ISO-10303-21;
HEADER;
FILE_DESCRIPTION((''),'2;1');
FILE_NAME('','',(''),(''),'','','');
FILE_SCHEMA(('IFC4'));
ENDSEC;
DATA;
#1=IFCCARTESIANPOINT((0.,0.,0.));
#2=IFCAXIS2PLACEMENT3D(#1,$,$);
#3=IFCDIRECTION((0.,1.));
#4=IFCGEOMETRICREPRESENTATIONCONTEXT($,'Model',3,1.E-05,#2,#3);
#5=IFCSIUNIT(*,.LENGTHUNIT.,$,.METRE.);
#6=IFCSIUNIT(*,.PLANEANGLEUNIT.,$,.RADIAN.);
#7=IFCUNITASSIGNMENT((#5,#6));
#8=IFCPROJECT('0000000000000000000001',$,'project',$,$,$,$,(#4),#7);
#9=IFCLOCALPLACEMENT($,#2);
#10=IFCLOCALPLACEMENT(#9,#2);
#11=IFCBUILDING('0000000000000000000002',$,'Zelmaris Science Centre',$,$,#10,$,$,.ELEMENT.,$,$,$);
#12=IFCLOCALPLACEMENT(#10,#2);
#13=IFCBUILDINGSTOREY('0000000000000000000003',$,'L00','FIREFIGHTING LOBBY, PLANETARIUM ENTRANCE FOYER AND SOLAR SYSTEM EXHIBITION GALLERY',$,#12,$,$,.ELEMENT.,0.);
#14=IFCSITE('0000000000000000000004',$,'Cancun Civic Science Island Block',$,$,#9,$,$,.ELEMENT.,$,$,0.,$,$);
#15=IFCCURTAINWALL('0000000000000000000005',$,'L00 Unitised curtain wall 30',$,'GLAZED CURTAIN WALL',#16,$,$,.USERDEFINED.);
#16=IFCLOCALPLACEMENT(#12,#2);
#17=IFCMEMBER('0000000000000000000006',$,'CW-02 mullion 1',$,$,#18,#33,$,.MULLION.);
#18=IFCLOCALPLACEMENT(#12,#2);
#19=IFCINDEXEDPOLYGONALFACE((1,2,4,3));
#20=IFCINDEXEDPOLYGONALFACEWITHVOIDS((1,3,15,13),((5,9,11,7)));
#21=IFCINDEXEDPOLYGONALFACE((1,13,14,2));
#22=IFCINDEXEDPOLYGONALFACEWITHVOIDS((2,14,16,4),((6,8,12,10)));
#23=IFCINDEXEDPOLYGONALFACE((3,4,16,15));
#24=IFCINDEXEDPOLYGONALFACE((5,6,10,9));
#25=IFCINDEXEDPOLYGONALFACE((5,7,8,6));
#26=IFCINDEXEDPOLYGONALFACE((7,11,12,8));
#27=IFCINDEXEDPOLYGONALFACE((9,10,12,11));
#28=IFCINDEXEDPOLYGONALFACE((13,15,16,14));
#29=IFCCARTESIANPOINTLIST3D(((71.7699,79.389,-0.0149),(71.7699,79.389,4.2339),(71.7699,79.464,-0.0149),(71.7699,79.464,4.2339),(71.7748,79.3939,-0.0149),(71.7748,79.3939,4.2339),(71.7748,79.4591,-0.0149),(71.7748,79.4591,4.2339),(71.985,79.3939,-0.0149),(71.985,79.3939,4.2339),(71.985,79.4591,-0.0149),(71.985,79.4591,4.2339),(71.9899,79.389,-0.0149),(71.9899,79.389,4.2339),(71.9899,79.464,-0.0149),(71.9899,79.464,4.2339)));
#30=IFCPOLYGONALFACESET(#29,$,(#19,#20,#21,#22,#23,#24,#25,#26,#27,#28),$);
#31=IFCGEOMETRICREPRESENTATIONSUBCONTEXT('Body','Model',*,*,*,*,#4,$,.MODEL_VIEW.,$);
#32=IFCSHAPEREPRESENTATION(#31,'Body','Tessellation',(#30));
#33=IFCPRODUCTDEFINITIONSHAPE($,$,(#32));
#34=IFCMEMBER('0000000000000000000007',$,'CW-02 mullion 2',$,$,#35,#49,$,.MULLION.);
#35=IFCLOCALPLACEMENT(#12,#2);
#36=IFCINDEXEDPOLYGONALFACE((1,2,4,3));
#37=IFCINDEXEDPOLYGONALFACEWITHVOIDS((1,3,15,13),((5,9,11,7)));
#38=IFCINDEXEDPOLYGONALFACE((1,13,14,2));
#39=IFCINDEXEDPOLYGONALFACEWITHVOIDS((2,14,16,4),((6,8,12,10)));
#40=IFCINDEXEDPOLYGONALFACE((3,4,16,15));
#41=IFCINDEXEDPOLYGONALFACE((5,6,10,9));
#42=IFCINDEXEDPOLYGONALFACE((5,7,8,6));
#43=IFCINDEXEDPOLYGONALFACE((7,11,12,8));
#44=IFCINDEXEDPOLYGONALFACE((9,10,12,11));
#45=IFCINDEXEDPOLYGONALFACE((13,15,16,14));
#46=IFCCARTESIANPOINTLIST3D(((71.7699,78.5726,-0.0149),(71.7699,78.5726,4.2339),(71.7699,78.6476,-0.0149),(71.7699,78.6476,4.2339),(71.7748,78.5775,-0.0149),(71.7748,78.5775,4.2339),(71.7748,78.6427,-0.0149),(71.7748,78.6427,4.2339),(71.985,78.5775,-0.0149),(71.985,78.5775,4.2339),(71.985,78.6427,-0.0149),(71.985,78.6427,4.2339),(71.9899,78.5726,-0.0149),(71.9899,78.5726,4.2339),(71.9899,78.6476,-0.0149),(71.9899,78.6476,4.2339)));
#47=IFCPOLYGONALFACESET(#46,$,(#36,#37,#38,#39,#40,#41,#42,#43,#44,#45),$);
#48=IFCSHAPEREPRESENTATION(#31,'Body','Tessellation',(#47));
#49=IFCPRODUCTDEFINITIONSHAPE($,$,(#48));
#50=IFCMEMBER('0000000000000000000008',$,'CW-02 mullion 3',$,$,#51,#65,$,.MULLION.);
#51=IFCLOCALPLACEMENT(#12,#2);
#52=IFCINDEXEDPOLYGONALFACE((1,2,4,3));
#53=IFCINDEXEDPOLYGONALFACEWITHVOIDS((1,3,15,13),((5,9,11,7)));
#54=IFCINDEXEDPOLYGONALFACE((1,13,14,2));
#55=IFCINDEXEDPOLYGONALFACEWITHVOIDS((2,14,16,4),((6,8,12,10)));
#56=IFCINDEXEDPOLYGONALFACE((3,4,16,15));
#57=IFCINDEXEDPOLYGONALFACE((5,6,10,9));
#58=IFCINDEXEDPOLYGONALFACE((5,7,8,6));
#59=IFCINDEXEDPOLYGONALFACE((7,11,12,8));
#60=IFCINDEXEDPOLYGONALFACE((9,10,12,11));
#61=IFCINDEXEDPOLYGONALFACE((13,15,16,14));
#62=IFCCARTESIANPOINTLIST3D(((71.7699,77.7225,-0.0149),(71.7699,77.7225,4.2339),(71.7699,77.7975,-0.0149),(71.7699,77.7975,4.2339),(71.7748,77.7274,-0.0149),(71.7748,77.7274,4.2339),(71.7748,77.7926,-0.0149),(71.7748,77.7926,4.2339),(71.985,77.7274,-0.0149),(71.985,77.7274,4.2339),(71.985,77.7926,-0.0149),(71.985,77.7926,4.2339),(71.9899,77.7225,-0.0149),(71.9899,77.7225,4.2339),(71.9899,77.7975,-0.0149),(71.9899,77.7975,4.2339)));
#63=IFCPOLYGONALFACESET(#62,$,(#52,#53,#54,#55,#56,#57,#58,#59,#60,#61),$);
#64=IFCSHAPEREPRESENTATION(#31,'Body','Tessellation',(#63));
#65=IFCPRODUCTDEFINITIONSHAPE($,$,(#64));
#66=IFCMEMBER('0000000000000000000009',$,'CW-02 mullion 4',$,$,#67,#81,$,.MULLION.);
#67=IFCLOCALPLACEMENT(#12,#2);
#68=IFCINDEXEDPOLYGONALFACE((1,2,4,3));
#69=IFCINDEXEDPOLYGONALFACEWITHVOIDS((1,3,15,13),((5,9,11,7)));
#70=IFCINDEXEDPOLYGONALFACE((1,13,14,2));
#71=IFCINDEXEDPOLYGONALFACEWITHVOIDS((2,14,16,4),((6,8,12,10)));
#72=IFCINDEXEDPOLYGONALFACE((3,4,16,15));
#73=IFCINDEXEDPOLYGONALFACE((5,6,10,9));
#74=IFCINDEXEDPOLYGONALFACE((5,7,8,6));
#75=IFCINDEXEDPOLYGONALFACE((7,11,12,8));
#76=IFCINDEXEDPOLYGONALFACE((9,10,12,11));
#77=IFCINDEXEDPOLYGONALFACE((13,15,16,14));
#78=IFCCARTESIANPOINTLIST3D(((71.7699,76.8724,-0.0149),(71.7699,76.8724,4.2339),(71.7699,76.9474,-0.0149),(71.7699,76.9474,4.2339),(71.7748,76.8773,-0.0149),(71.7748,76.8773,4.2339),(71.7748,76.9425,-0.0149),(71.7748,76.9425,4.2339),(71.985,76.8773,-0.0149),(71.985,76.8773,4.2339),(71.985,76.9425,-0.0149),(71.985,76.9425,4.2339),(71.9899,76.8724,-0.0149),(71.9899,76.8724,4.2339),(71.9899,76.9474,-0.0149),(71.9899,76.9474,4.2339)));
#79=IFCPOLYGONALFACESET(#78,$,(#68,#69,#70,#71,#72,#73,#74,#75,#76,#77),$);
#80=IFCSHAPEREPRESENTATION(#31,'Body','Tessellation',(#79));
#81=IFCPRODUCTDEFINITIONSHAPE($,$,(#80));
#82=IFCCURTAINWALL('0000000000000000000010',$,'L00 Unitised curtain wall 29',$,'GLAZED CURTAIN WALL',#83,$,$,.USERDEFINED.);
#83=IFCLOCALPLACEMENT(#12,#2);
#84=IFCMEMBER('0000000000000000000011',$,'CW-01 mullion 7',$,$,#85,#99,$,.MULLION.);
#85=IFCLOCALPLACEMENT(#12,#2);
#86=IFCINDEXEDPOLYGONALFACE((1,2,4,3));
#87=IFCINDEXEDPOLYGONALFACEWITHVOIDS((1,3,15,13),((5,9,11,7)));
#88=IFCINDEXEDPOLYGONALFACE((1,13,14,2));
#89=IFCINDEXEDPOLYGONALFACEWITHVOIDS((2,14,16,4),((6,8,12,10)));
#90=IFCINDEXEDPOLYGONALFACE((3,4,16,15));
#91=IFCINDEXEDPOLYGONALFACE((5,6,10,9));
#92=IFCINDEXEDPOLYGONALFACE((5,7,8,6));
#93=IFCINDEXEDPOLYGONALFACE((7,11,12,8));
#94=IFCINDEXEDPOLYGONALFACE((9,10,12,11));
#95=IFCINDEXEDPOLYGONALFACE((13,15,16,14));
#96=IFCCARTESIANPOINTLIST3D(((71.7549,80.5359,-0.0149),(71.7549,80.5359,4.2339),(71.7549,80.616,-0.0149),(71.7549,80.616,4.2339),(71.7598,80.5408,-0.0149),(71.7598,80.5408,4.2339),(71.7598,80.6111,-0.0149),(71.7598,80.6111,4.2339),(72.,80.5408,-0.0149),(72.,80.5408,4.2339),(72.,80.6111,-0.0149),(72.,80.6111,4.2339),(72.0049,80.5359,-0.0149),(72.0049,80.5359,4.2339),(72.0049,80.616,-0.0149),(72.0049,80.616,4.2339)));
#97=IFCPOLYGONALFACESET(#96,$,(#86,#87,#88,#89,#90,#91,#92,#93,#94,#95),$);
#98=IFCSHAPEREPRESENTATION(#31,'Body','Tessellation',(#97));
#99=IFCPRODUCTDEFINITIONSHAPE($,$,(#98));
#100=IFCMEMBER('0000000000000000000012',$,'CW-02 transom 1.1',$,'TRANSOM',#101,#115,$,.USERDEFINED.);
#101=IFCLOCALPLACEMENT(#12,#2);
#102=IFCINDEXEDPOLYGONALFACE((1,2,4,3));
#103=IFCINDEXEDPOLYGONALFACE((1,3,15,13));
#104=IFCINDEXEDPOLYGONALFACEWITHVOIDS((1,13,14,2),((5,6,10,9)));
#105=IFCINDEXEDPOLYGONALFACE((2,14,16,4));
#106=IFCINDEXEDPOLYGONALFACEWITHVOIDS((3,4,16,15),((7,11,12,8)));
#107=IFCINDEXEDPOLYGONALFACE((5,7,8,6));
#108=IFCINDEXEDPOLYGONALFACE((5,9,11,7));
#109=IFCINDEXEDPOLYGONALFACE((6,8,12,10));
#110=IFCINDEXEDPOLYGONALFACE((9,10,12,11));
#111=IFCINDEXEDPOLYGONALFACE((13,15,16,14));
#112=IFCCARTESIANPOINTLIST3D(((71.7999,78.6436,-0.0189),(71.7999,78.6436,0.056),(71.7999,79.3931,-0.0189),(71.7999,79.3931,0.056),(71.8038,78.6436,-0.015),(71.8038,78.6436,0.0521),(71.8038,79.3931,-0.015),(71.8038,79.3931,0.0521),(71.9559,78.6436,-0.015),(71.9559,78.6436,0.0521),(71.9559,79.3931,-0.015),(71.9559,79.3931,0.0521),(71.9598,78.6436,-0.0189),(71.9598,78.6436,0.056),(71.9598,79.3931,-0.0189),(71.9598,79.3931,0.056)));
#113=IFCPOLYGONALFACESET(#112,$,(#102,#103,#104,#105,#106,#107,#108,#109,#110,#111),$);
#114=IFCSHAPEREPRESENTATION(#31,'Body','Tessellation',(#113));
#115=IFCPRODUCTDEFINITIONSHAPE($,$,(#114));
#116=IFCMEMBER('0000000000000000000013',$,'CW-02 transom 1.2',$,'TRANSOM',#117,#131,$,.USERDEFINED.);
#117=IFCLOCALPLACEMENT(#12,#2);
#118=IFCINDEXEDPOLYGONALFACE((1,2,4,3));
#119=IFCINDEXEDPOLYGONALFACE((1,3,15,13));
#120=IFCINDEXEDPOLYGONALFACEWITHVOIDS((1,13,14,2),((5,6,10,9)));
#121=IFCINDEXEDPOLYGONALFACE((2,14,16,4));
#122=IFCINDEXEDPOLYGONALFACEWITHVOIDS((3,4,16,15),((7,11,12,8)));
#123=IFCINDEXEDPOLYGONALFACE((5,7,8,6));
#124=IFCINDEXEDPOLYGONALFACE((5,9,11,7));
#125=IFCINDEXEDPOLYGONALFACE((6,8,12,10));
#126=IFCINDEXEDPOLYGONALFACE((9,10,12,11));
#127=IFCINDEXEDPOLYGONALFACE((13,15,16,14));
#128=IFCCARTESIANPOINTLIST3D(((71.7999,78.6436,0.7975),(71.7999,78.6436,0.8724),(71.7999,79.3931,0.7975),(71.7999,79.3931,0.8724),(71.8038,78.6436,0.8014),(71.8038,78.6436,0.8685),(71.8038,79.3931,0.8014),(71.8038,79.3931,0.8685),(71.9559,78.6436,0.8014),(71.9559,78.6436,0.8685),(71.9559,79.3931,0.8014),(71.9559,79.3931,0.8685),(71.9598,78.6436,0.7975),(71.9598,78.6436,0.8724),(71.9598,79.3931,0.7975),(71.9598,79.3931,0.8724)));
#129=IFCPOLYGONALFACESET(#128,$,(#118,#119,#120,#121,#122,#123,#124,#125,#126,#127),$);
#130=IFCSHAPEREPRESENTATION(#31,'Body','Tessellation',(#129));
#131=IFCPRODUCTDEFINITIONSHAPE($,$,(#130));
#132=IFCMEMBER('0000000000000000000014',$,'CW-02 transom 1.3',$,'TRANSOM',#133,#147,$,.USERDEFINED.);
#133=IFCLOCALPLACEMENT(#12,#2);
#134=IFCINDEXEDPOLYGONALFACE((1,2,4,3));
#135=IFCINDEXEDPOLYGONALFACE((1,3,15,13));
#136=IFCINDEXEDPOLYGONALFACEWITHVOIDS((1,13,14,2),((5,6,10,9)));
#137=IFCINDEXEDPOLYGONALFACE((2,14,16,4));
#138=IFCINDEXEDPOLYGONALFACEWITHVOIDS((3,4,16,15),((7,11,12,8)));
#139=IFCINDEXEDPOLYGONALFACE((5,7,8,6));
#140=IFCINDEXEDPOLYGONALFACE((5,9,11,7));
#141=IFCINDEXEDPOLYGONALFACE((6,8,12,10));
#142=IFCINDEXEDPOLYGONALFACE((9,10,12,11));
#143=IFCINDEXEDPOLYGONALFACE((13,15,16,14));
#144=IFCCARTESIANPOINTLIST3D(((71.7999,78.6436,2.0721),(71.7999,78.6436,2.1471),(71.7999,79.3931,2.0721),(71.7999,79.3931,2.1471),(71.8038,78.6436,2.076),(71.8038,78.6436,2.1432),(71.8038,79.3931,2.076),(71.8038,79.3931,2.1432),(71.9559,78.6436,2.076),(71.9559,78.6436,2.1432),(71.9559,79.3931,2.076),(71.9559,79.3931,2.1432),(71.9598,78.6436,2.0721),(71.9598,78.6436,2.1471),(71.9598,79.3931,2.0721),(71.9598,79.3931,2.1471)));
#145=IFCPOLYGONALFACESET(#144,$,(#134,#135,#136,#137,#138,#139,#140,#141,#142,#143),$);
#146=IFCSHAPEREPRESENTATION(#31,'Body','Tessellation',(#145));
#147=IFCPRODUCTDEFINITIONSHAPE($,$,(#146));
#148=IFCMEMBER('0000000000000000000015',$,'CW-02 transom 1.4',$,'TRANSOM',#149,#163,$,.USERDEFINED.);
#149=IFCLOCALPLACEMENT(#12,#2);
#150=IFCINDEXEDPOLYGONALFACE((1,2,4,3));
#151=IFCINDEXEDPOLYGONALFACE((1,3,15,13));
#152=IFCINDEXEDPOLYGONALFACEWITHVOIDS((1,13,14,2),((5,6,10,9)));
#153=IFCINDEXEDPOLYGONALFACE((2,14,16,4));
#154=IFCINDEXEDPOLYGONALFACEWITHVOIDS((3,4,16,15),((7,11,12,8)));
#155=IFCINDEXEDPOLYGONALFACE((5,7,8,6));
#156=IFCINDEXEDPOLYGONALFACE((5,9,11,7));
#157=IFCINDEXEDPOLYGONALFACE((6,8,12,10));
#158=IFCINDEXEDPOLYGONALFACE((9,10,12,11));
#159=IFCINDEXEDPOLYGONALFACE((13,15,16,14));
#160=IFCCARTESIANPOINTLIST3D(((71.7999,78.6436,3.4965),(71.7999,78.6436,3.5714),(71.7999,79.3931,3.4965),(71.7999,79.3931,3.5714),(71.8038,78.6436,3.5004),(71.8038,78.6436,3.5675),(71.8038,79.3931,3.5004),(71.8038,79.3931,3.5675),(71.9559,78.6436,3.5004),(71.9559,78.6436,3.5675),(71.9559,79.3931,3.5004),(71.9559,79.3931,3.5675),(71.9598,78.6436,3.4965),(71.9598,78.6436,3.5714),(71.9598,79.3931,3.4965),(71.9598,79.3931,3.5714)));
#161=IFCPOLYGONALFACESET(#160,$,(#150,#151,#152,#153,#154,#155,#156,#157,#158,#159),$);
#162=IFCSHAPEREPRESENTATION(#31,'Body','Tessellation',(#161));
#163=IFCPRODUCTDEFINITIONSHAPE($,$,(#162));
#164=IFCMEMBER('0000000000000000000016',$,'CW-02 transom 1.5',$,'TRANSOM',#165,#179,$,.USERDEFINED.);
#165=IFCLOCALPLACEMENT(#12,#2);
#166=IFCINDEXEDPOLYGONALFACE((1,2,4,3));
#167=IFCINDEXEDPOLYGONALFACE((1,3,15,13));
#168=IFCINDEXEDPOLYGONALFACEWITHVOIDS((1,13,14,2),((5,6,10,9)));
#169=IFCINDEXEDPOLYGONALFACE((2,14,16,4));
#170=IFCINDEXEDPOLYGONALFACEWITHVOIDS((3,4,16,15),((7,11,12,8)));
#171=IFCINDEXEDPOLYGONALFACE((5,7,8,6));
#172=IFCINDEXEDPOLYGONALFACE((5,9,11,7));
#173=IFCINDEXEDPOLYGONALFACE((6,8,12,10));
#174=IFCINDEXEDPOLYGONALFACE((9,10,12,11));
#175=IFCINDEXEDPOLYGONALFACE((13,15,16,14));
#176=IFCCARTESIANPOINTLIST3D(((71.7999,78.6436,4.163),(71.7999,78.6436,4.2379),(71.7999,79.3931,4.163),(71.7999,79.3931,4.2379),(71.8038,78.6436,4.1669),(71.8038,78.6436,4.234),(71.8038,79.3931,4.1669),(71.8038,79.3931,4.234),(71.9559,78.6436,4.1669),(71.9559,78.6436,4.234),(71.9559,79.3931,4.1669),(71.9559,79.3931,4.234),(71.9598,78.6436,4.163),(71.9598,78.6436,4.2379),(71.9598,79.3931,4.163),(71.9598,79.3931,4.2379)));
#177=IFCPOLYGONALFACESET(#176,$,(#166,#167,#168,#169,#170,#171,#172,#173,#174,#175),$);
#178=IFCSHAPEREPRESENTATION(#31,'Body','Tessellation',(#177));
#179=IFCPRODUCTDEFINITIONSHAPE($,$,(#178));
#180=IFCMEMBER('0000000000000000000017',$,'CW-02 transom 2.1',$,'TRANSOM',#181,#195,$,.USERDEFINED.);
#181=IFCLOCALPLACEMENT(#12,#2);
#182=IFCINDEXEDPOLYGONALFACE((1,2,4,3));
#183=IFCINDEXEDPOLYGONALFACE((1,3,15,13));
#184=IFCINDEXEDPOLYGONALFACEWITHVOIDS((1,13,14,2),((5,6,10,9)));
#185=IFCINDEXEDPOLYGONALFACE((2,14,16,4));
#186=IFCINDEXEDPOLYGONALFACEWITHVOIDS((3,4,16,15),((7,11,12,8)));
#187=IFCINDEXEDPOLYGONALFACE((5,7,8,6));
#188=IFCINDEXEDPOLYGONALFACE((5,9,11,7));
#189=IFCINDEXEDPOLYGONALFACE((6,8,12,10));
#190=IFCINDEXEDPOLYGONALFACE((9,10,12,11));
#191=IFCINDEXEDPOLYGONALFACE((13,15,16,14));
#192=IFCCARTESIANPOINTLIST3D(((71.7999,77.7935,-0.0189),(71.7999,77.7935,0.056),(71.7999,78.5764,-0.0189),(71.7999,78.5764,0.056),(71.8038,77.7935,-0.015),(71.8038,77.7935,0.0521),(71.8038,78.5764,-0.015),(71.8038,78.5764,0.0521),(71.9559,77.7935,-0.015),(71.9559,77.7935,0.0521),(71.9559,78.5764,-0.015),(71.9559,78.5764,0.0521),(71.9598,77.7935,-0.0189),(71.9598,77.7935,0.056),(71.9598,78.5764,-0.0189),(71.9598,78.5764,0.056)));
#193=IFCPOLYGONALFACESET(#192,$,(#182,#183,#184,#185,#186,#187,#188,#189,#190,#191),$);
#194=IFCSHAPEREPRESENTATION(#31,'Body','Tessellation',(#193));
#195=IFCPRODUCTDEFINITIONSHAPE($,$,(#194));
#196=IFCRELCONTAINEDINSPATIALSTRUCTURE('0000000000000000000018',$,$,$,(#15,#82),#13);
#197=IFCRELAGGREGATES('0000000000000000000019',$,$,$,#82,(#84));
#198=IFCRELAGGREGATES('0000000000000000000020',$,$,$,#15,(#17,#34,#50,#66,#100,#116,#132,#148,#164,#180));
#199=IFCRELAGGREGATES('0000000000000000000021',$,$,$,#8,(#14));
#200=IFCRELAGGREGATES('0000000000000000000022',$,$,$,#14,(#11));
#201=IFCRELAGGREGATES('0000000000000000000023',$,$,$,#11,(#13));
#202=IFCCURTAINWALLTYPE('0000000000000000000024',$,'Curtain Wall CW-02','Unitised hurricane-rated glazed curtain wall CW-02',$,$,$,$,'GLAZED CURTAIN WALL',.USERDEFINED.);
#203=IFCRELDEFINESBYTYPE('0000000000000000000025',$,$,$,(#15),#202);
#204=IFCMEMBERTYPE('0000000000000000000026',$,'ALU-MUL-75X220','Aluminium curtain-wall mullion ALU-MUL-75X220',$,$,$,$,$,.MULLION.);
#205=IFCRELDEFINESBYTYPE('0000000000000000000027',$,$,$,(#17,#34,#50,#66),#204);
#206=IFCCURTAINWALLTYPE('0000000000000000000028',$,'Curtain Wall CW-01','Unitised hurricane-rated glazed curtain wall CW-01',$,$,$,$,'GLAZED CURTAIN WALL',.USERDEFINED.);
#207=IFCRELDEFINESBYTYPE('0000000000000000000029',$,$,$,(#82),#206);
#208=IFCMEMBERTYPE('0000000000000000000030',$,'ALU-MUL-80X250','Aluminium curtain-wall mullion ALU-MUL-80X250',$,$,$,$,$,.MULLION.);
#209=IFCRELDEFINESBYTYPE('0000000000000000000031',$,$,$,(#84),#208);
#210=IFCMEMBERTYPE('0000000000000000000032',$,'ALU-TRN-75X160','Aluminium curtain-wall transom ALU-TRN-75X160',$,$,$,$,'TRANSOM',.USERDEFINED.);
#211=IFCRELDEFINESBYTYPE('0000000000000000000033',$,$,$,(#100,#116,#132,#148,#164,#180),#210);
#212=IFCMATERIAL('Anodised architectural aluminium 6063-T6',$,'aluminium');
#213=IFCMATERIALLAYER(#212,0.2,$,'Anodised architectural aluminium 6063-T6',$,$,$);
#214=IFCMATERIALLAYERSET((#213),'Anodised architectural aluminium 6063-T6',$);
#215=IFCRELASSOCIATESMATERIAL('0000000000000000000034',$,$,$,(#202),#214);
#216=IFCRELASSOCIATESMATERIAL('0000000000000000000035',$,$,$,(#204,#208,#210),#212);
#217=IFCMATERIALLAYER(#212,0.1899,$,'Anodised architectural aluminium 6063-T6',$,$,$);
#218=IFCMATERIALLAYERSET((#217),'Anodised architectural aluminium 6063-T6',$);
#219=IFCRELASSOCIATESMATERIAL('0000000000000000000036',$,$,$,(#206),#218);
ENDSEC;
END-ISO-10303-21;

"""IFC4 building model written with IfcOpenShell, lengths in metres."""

from ifc_helpers import new_model, si_unit, direction, frame, origin, origin_2d, place, context, subcontext, project, spatial, hollow_rectangle, extrude, material, layer, layer_set, material_profile, profile_set, type_object, element, aggregate, save


model = new_model("IFC4")

# Units and contexts
model_context = context("Model", 3, precision=1e-05, world=origin(), true_north=direction((0.0, 1.0)))
body_context = subcontext(model_context, "Body", "Model", "MODEL_VIEW")
ifc_project = project(units=[si_unit("LENGTHUNIT", "METRE"), si_unit("PLANEANGLEUNIT", "RADIAN")], contexts=[model_context])

# Site, building, storey
site_placement = place(None, origin())
site = spatial("IfcSite", under=ifc_project, at=site_placement, Name="Cancun Civic Science Island Block", CompositionType="ELEMENT", RefElevation=0.0)
building_placement = place(site_placement, origin())
building = spatial("IfcBuilding", under=site, at=building_placement, Name="Zelmaris Science Centre", CompositionType="ELEMENT")
storey_placement = place(building_placement, origin())
storey = spatial("IfcBuildingStorey", under=building, at=storey_placement, Name="L00", Description="FIREFIGHTING LOBBY, PLANETARIUM ENTRANCE FOYER AND SOLAR SYSTEM EXHIBITION GALLERY", CompositionType="ELEMENT", Elevation=0.0)

# Curtain wall, members
ifc_material_1 = material(Name="Anodised architectural aluminium 6063-T6", Category="aluminium")
ifc_layer_1 = layer(ifc_material_1, 0.2, Name="Anodised architectural aluminium 6063-T6")
ifc_layer_set_1 = layer_set([ifc_layer_1], Name="Anodised architectural aluminium 6063-T6")
curtain_wall_type_1 = type_object("IfcCurtainWallType", Name="Curtain Wall CW-02", Description="Unitised hurricane-rated glazed curtain wall CW-02", ElementType="GLAZED CURTAIN WALL", PredefinedType="USERDEFINED", material=ifc_layer_set_1)
curtain_wall_1_placement = place(storey_placement, origin())
curtain_wall_1 = element("IfcCurtainWall", 1, at=curtain_wall_1_placement, inside=storey, type_object=curtain_wall_type_1, Name="L00 Unitised curtain wall 30", ObjectType="GLAZED CURTAIN WALL", PredefinedType="USERDEFINED")
ifc_material_profile_1 = material_profile(ifc_material_1, hollow_rectangle(XDim=0.075, YDim=0.22, WallThickness=0.0049, at=origin_2d()), Name="ALU-MUL-75X220")
ifc_profile_set_1 = profile_set([ifc_material_profile_1], Name="Anodised architectural aluminium 6063-T6")
member_type_1 = type_object("IfcMemberType", Name="ALU-MUL-75X220", Description="Aluminium curtain-wall mullion ALU-MUL-75X220", PredefinedType="MULLION", material=ifc_profile_set_1)
member_1_placement = place(storey_placement, frame((71.8799, 79.4265, -0.0149), z_axis=(0.0, 0.0, 1.0), x_axis=(0.0, -1.0, 0.0)))
member_1 = element("IfcMember", 2, at=member_1_placement, type_object=member_type_1, Name="CW-02 mullion 1", PredefinedType="MULLION", context=body_context, shape_type="SweptSolid", body=[
    extrude(hollow_rectangle(XDim=0.075, YDim=0.22, WallThickness=0.0049, at=origin_2d()), origin(), (0.0, 0.0, 1.0), 4.2488),
])
member_2_placement = place(storey_placement, frame((71.8799, 78.6101, -0.0149), z_axis=(0.0, 0.0, 1.0), x_axis=(0.0, -1.0, 0.0)))
member_2 = element("IfcMember", 3, at=member_2_placement, type_object=member_type_1, Name="CW-02 mullion 2", PredefinedType="MULLION", context=body_context, shape_type="SweptSolid", body=[
    extrude(hollow_rectangle(XDim=0.075, YDim=0.22, WallThickness=0.0049, at=origin_2d()), origin(), (0.0, 0.0, 1.0), 4.2488),
])
member_3_placement = place(storey_placement, frame((71.8799, 77.76, -0.0149), z_axis=(0.0, 0.0, 1.0), x_axis=(0.0, -1.0, 0.0)))
member_3 = element("IfcMember", 4, at=member_3_placement, type_object=member_type_1, Name="CW-02 mullion 3", PredefinedType="MULLION", context=body_context, shape_type="SweptSolid", body=[
    extrude(hollow_rectangle(XDim=0.075, YDim=0.22, WallThickness=0.0049, at=origin_2d()), origin(), (0.0, 0.0, 1.0), 4.2488),
])
member_4_placement = place(storey_placement, frame((71.8799, 76.9099, -0.0149), z_axis=(0.0, 0.0, 1.0), x_axis=(0.0, -1.0, 0.0)))
member_4 = element("IfcMember", 5, at=member_4_placement, type_object=member_type_1, Name="CW-02 mullion 4", PredefinedType="MULLION", context=body_context, shape_type="SweptSolid", body=[
    extrude(hollow_rectangle(XDim=0.075, YDim=0.22, WallThickness=0.0049, at=origin_2d()), origin(), (0.0, 0.0, 1.0), 4.2488),
])

# Curtain wall, member
ifc_layer_2 = layer(ifc_material_1, 0.1899, Name="Anodised architectural aluminium 6063-T6")
ifc_layer_set_2 = layer_set([ifc_layer_2], Name="Anodised architectural aluminium 6063-T6")
curtain_wall_type_2 = type_object("IfcCurtainWallType", Name="Curtain Wall CW-01", Description="Unitised hurricane-rated glazed curtain wall CW-01", ElementType="GLAZED CURTAIN WALL", PredefinedType="USERDEFINED", material=ifc_layer_set_2)
curtain_wall_2_placement = place(storey_placement, origin())
curtain_wall_2 = element("IfcCurtainWall", 6, at=curtain_wall_2_placement, inside=storey, type_object=curtain_wall_type_2, Name="L00 Unitised curtain wall 29", ObjectType="GLAZED CURTAIN WALL", PredefinedType="USERDEFINED")
ifc_material_profile_2 = material_profile(ifc_material_1, hollow_rectangle(XDim=0.0801, YDim=0.25, WallThickness=0.0049, at=origin_2d()), Name="ALU-MUL-80X250")
ifc_profile_set_2 = profile_set([ifc_material_profile_2], Name="Anodised architectural aluminium 6063-T6")
member_type_2 = type_object("IfcMemberType", Name="ALU-MUL-80X250", Description="Aluminium curtain-wall mullion ALU-MUL-80X250", PredefinedType="MULLION", material=ifc_profile_set_2)
member_5_placement = place(storey_placement, frame((71.8799, 80.5759, -0.0149), z_axis=(0.0, 0.0, 1.0), x_axis=(0.0, -1.0, 0.0)))
member_5 = element("IfcMember", 7, at=member_5_placement, type_object=member_type_2, Name="CW-01 mullion 7", PredefinedType="MULLION", context=body_context, shape_type="SweptSolid", body=[
    extrude(hollow_rectangle(XDim=0.0801, YDim=0.25, WallThickness=0.0049, at=origin_2d()), origin(), (0.0, 0.0, 1.0), 4.2488),
])

# Members
ifc_material_profile_3 = material_profile(ifc_material_1, hollow_rectangle(XDim=0.075, YDim=0.1599, WallThickness=0.0039, at=origin_2d()), Name="ALU-TRN-75X160")
ifc_profile_set_3 = profile_set([ifc_material_profile_3], Name="Anodised architectural aluminium 6063-T6")
member_type_3 = type_object("IfcMemberType", Name="ALU-TRN-75X160", Description="Aluminium curtain-wall transom ALU-TRN-75X160", ElementType="TRANSOM", PredefinedType="USERDEFINED", material=ifc_profile_set_3)
member_6_placement = place(storey_placement, frame((71.8799, 79.3931, 0.0186), z_axis=(0.0, -1.0, 0.0), x_axis=(0.0, 0.0, 1.0)))
member_6 = element("IfcMember", 8, at=member_6_placement, type_object=member_type_3, Name="CW-02 transom 1.1", ObjectType="TRANSOM", PredefinedType="USERDEFINED", context=body_context, shape_type="SweptSolid", body=[
    extrude(hollow_rectangle(XDim=0.075, YDim=0.1599, WallThickness=0.0039, at=origin_2d()), origin(), (0.0, 0.0, 1.0), 0.7495),
])
member_7_placement = place(storey_placement, frame((71.8799, 79.3931, 0.835), z_axis=(0.0, -1.0, 0.0), x_axis=(0.0, 0.0, 1.0)))
member_7 = element("IfcMember", 9, at=member_7_placement, type_object=member_type_3, Name="CW-02 transom 1.2", ObjectType="TRANSOM", PredefinedType="USERDEFINED", context=body_context, shape_type="SweptSolid", body=[
    extrude(hollow_rectangle(XDim=0.075, YDim=0.1599, WallThickness=0.0039, at=origin_2d()), origin(), (0.0, 0.0, 1.0), 0.7495),
])
member_8_placement = place(storey_placement, frame((71.8799, 79.3931, 2.1096), z_axis=(0.0, -1.0, 0.0), x_axis=(0.0, 0.0, 1.0)))
member_8 = element("IfcMember", 10, at=member_8_placement, type_object=member_type_3, Name="CW-02 transom 1.3", ObjectType="TRANSOM", PredefinedType="USERDEFINED", context=body_context, shape_type="SweptSolid", body=[
    extrude(hollow_rectangle(XDim=0.075, YDim=0.1599, WallThickness=0.0039, at=origin_2d()), origin(), (0.0, 0.0, 1.0), 0.7495),
])
member_9_placement = place(storey_placement, frame((71.8799, 79.3931, 3.5339), z_axis=(0.0, -1.0, 0.0), x_axis=(0.0, 0.0, 1.0)))
member_9 = element("IfcMember", 11, at=member_9_placement, type_object=member_type_3, Name="CW-02 transom 1.4", ObjectType="TRANSOM", PredefinedType="USERDEFINED", context=body_context, shape_type="SweptSolid", body=[
    extrude(hollow_rectangle(XDim=0.075, YDim=0.1599, WallThickness=0.0039, at=origin_2d()), origin(), (0.0, 0.0, 1.0), 0.7495),
])
member_10_placement = place(storey_placement, frame((71.8799, 79.3931, 4.2004), z_axis=(0.0, -1.0, 0.0), x_axis=(0.0, 0.0, 1.0)))
member_10 = element("IfcMember", 12, at=member_10_placement, type_object=member_type_3, Name="CW-02 transom 1.5", ObjectType="TRANSOM", PredefinedType="USERDEFINED", context=body_context, shape_type="SweptSolid", body=[
    extrude(hollow_rectangle(XDim=0.075, YDim=0.1599, WallThickness=0.0039, at=origin_2d()), origin(), (0.0, 0.0, 1.0), 0.7495),
])
member_11_placement = place(storey_placement, frame((71.8799, 78.5764, 0.0186), z_axis=(0.0, -1.0, 0.0), x_axis=(0.0, 0.0, 1.0)))
member_11 = element("IfcMember", 13, at=member_11_placement, type_object=member_type_3, Name="CW-02 transom 2.1", ObjectType="TRANSOM", PredefinedType="USERDEFINED", context=body_context, shape_type="SweptSolid", body=[
    extrude(hollow_rectangle(XDim=0.075, YDim=0.1599, WallThickness=0.0039, at=origin_2d()), origin(), (0.0, 0.0, 1.0), 0.783),
])

aggregate(curtain_wall_2, [member_5])
aggregate(curtain_wall_1, [member_1, member_2, member_3, member_4, member_6, member_7, member_8, member_9, member_10, member_11])

save(model, "model.ifc")
